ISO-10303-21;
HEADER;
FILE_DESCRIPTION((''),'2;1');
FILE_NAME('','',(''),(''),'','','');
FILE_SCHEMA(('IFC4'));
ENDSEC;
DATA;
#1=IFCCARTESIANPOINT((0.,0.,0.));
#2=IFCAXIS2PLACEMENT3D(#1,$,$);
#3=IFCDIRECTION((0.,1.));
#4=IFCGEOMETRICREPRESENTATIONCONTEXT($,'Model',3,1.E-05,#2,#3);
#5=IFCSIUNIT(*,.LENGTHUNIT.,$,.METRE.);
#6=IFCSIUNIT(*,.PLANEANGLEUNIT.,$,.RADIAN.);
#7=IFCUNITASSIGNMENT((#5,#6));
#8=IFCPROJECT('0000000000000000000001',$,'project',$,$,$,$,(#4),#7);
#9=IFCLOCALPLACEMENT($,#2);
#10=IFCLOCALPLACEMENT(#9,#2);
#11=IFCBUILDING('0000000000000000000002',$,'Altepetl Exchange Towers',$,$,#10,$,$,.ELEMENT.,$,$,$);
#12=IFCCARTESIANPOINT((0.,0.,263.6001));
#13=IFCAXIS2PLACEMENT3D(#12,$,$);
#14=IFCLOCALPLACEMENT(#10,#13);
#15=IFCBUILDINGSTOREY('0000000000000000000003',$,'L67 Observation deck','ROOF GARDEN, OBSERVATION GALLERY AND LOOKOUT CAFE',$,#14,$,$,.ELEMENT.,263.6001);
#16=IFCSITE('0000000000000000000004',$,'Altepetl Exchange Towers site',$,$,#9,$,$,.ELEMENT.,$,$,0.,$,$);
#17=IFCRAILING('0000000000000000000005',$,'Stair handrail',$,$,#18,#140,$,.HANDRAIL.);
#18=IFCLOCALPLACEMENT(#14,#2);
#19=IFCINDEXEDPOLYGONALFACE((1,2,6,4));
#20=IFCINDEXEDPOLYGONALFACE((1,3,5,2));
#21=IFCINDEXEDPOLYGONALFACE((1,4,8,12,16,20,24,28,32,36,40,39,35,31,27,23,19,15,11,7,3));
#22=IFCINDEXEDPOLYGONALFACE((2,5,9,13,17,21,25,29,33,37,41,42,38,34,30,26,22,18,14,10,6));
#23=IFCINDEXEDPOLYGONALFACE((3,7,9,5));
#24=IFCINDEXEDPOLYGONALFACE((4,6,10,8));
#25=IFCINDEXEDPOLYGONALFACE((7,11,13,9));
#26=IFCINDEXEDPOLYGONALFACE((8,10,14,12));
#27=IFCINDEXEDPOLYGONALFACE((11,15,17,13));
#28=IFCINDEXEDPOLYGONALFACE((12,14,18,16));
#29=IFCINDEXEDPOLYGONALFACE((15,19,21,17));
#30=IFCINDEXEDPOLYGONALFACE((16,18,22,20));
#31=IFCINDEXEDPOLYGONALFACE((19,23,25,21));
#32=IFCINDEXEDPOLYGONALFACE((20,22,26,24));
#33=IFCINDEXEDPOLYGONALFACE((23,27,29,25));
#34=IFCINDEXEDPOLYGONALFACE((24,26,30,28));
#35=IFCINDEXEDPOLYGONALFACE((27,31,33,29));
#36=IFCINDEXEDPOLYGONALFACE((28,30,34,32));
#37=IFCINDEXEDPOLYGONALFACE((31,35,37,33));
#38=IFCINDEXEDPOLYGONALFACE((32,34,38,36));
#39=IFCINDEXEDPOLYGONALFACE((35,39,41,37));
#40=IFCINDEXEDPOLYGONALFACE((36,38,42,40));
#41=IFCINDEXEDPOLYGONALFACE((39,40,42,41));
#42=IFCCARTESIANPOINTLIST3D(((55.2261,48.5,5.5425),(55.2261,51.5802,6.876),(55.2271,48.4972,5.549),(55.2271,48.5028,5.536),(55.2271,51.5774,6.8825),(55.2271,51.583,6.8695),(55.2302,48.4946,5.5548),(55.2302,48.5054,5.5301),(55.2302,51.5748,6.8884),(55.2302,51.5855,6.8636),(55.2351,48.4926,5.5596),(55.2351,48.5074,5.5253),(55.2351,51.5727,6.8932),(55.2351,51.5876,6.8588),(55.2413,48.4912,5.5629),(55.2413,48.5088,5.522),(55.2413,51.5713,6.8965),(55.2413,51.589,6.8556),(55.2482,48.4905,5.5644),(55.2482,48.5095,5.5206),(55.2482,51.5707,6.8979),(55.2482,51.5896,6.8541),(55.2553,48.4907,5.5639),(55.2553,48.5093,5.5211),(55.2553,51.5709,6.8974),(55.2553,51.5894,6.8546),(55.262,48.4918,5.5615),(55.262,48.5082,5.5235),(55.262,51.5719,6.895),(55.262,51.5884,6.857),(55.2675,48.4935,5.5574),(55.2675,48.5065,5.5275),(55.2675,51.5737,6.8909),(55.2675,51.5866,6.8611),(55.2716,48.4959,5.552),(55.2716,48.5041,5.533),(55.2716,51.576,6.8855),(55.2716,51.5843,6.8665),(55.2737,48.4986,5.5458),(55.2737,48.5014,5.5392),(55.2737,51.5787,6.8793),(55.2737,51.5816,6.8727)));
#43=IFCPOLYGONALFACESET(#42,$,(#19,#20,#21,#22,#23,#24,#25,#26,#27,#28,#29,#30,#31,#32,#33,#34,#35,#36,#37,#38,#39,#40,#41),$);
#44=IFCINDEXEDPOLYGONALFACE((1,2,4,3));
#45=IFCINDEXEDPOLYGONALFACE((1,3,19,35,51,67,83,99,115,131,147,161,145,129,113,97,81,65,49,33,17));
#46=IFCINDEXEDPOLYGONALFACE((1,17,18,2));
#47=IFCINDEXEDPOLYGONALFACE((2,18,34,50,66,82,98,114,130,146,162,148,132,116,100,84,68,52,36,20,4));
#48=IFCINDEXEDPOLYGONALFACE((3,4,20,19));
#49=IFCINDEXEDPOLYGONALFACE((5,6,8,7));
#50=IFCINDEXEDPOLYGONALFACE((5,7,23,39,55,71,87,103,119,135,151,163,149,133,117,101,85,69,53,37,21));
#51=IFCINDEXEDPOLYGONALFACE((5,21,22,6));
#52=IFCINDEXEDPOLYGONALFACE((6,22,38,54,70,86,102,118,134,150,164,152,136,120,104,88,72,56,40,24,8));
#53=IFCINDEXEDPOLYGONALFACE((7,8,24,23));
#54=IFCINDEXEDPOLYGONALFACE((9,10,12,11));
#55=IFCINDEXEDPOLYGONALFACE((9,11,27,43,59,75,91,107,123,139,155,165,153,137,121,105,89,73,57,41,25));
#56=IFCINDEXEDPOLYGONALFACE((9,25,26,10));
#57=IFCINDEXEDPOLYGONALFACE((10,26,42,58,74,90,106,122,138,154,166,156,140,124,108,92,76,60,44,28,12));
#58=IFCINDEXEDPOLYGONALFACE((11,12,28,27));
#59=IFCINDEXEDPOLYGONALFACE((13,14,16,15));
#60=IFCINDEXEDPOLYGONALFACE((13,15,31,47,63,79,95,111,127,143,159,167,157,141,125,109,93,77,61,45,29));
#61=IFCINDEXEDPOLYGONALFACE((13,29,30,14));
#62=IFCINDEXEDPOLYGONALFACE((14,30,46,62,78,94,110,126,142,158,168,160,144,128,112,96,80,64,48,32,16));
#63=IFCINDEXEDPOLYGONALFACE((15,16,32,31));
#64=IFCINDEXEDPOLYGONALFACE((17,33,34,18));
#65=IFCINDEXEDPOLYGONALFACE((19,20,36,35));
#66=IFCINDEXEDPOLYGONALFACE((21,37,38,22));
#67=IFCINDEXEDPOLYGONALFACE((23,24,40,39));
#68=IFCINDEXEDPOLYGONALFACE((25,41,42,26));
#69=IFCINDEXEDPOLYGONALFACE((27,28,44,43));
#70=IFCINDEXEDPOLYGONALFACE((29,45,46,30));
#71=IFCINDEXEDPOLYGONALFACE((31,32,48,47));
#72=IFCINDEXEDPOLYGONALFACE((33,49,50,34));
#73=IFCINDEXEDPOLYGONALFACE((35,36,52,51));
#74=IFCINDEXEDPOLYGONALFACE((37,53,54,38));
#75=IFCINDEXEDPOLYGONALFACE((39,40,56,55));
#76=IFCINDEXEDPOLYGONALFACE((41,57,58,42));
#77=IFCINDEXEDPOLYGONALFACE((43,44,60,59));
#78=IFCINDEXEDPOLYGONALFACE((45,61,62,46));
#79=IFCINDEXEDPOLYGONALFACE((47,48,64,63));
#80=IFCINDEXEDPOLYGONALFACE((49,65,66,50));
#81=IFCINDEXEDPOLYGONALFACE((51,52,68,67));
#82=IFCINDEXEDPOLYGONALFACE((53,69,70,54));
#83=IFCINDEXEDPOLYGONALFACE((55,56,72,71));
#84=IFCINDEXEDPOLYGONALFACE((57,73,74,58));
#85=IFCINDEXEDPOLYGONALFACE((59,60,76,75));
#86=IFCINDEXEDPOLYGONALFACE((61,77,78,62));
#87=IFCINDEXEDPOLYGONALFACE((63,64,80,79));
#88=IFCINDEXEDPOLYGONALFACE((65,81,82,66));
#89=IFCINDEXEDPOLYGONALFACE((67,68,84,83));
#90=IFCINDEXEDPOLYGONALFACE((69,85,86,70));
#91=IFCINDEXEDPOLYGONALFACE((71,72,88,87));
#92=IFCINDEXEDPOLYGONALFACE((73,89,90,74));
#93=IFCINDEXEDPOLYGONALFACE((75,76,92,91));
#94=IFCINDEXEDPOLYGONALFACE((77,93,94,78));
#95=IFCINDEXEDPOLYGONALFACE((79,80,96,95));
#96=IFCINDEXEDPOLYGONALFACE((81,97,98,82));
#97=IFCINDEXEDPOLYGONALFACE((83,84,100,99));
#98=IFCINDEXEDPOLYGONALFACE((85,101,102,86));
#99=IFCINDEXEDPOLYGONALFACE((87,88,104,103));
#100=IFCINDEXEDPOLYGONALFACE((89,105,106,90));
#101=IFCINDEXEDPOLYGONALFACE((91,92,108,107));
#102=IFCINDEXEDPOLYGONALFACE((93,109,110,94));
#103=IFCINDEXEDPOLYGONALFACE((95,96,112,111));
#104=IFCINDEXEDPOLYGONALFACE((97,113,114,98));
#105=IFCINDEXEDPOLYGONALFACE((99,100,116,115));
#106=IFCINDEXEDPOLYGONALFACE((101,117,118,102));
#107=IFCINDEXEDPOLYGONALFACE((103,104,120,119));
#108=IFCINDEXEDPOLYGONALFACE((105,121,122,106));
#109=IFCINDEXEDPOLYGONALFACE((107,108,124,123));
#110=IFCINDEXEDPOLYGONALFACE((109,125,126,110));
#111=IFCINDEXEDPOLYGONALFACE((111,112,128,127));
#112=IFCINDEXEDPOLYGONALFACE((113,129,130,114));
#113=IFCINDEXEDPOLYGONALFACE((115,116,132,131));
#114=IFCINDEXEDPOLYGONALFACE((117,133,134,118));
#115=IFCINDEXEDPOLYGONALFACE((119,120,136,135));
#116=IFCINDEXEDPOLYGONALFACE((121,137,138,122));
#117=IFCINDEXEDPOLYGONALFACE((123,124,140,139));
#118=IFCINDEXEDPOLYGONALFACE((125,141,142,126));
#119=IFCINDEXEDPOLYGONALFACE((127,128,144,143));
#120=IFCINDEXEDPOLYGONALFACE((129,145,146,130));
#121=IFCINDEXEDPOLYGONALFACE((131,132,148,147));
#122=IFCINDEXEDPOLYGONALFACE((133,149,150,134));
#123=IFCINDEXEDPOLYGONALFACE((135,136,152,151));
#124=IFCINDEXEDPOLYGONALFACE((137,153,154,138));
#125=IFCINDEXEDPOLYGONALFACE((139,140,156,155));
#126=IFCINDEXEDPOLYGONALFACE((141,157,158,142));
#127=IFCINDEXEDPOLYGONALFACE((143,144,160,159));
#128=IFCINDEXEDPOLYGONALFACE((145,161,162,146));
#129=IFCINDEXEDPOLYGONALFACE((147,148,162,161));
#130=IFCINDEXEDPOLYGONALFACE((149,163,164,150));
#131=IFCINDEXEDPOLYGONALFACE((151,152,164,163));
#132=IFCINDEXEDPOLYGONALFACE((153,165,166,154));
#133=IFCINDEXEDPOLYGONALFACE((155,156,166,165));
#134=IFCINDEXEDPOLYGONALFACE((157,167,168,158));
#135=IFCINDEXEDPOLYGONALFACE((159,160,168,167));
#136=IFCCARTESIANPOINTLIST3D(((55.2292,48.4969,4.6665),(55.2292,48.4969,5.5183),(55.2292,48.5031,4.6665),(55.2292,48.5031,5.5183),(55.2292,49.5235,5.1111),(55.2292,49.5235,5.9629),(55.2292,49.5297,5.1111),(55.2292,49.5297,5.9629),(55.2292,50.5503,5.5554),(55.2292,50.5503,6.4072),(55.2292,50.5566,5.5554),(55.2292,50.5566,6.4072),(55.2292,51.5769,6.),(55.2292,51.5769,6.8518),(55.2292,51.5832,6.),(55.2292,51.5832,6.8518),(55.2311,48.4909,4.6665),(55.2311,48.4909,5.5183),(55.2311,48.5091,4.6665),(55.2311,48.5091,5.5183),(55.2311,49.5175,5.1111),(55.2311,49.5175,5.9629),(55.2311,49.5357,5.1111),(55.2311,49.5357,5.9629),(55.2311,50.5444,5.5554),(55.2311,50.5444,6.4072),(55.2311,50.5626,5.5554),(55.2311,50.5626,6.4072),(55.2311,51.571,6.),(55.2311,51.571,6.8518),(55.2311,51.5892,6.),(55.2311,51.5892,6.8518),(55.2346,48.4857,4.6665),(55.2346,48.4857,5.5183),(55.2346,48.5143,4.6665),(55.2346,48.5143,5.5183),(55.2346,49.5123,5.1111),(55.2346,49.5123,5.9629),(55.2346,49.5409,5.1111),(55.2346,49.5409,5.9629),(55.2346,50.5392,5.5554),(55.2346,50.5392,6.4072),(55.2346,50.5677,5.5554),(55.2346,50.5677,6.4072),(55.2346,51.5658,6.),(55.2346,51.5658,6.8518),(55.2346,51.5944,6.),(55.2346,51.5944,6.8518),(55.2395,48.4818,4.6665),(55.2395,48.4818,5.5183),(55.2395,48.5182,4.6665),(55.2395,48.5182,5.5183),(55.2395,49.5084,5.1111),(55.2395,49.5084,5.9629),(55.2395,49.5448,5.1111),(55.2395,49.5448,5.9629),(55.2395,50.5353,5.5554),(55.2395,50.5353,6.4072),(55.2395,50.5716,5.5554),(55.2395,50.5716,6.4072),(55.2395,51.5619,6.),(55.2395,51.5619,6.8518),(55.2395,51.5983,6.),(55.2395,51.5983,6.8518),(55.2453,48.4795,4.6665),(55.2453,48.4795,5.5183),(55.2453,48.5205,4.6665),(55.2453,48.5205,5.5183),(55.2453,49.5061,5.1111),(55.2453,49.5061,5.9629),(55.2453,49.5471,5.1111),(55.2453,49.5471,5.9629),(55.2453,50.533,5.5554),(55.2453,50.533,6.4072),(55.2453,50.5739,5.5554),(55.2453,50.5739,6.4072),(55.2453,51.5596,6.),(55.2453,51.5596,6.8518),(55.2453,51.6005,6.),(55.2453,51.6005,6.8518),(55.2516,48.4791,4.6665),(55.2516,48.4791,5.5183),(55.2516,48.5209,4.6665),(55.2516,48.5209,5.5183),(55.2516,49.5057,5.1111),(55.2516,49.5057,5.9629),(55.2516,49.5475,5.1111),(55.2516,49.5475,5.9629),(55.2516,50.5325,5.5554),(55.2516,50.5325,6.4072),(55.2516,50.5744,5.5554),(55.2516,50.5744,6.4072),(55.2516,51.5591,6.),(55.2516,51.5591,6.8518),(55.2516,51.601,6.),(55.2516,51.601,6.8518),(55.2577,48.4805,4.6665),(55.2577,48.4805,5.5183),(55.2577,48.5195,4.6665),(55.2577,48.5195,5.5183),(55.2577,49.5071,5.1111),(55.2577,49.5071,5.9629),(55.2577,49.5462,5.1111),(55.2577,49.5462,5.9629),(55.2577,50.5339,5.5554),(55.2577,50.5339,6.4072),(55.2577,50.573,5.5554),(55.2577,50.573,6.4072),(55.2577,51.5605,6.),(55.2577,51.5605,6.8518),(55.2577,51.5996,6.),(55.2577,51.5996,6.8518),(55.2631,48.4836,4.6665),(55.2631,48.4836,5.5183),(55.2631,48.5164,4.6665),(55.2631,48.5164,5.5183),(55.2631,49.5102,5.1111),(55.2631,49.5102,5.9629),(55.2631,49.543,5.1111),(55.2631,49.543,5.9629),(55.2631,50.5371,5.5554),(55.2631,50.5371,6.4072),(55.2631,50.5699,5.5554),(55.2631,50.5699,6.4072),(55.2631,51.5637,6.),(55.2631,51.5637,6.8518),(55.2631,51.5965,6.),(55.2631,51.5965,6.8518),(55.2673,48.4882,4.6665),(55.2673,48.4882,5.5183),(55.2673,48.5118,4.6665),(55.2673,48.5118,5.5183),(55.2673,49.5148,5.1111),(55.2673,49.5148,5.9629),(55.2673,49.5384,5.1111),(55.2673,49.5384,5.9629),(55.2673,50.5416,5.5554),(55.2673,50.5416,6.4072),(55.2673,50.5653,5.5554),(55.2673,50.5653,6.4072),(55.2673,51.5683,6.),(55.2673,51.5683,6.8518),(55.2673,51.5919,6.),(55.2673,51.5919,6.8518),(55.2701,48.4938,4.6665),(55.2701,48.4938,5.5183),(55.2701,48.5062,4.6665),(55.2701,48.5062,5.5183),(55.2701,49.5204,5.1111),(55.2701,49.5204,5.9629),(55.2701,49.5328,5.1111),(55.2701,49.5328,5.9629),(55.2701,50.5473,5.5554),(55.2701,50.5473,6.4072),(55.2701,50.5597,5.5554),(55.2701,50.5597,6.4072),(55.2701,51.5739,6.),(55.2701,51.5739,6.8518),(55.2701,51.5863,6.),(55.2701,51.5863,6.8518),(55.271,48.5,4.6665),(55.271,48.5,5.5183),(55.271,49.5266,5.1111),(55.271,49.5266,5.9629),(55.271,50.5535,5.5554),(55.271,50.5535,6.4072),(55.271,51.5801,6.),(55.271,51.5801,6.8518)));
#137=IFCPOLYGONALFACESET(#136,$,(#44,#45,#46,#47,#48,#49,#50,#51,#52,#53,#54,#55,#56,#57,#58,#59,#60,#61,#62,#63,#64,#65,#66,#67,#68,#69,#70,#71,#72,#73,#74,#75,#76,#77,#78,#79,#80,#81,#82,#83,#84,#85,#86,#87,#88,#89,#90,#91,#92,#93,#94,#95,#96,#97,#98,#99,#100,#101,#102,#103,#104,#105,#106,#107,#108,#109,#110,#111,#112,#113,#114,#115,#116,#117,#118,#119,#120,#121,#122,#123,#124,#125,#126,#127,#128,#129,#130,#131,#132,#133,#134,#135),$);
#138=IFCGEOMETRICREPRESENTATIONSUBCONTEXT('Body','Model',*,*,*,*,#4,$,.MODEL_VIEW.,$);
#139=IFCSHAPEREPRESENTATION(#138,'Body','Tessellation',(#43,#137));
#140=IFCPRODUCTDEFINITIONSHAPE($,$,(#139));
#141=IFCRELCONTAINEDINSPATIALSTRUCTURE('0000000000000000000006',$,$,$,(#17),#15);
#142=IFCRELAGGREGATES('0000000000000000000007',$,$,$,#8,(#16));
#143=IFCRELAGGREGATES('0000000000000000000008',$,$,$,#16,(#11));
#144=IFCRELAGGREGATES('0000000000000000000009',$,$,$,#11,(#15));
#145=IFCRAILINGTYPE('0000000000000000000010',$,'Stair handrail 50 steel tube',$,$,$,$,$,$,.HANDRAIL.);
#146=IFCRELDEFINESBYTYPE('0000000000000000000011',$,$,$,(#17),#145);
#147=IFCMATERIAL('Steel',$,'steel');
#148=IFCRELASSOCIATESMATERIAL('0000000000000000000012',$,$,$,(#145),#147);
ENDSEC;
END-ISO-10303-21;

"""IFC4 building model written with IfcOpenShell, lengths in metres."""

from ifc_helpers import new_model, si_unit, direction, frame, origin, origin_2d, place, context, subcontext, project, spatial, circle, extrude, source, transform, mapped, material, type_object, element, save


model = new_model("IFC4")

# Units and contexts
model_context = context("Model", 3, precision=1e-05, world=origin(), true_north=direction((0.0, 1.0)))
body_context = subcontext(model_context, "Body", "Model", "MODEL_VIEW")
ifc_project = project(units=[si_unit("LENGTHUNIT", "METRE"), si_unit("PLANEANGLEUNIT", "RADIAN")], contexts=[model_context])

# Site, building, storey
site_placement = place(None, origin())
site = spatial("IfcSite", under=ifc_project, at=site_placement, Name="Altepetl Exchange Towers site", CompositionType="ELEMENT", RefElevation=0.0)
building_placement = place(site_placement, origin())
building = spatial("IfcBuilding", under=site, at=building_placement, Name="Altepetl Exchange Towers", CompositionType="ELEMENT")
storey_placement = place(building_placement, frame((0.0, 0.0, 263.6001)))
storey = spatial("IfcBuildingStorey", under=building, at=storey_placement, Name="L67 Observation deck", Description="ROOF GARDEN, OBSERVATION GALLERY AND LOOKOUT CAFE", CompositionType="ELEMENT", Elevation=263.6001)

# Railing
ifc_material_1 = material(Name="Steel", Category="steel")
railing_type = type_object("IfcRailingType", Name="Stair handrail 50 steel tube", PredefinedType="HANDRAIL", material=ifc_material_1)
shared_shape = source(origin(), body_context, "Body", "SweptSolid", [
    extrude(circle(Radius=0.021, at=origin_2d()), origin(), (0.0, 0.0, 1.0), 0.8518),
])
for number, where, name in (
    (1, (55.25, 48.5, 4.6665), "Stair handrail"),
):
    element("IfcRailing", number, at=place(storey_placement, frame(where)), inside=storey, type_object=railing_type, Name=name, PredefinedType="HANDRAIL", context=body_context, shape_type="SweptSolid", body=[
        extrude(circle(Radius=0.0239, at=origin_2d()), frame((0.0, 0.0, 0.876), z_axis=(0.0, 0.917686, 0.397305), x_axis=(-1.0, 0.0, 0.0)), (0.0, 0.0, 1.0), 3.3564),
        mapped(shared_shape, transform((0.0, 0.0, 0.0))),
        mapped(shared_shape, transform((0.0, 1.0266, 0.4446))),
        mapped(shared_shape, transform((0.0, 2.0535, 0.8889))),
        mapped(shared_shape, transform((0.0, 3.0801, 1.3335))),
    ])

save(model, "model.ifc")
